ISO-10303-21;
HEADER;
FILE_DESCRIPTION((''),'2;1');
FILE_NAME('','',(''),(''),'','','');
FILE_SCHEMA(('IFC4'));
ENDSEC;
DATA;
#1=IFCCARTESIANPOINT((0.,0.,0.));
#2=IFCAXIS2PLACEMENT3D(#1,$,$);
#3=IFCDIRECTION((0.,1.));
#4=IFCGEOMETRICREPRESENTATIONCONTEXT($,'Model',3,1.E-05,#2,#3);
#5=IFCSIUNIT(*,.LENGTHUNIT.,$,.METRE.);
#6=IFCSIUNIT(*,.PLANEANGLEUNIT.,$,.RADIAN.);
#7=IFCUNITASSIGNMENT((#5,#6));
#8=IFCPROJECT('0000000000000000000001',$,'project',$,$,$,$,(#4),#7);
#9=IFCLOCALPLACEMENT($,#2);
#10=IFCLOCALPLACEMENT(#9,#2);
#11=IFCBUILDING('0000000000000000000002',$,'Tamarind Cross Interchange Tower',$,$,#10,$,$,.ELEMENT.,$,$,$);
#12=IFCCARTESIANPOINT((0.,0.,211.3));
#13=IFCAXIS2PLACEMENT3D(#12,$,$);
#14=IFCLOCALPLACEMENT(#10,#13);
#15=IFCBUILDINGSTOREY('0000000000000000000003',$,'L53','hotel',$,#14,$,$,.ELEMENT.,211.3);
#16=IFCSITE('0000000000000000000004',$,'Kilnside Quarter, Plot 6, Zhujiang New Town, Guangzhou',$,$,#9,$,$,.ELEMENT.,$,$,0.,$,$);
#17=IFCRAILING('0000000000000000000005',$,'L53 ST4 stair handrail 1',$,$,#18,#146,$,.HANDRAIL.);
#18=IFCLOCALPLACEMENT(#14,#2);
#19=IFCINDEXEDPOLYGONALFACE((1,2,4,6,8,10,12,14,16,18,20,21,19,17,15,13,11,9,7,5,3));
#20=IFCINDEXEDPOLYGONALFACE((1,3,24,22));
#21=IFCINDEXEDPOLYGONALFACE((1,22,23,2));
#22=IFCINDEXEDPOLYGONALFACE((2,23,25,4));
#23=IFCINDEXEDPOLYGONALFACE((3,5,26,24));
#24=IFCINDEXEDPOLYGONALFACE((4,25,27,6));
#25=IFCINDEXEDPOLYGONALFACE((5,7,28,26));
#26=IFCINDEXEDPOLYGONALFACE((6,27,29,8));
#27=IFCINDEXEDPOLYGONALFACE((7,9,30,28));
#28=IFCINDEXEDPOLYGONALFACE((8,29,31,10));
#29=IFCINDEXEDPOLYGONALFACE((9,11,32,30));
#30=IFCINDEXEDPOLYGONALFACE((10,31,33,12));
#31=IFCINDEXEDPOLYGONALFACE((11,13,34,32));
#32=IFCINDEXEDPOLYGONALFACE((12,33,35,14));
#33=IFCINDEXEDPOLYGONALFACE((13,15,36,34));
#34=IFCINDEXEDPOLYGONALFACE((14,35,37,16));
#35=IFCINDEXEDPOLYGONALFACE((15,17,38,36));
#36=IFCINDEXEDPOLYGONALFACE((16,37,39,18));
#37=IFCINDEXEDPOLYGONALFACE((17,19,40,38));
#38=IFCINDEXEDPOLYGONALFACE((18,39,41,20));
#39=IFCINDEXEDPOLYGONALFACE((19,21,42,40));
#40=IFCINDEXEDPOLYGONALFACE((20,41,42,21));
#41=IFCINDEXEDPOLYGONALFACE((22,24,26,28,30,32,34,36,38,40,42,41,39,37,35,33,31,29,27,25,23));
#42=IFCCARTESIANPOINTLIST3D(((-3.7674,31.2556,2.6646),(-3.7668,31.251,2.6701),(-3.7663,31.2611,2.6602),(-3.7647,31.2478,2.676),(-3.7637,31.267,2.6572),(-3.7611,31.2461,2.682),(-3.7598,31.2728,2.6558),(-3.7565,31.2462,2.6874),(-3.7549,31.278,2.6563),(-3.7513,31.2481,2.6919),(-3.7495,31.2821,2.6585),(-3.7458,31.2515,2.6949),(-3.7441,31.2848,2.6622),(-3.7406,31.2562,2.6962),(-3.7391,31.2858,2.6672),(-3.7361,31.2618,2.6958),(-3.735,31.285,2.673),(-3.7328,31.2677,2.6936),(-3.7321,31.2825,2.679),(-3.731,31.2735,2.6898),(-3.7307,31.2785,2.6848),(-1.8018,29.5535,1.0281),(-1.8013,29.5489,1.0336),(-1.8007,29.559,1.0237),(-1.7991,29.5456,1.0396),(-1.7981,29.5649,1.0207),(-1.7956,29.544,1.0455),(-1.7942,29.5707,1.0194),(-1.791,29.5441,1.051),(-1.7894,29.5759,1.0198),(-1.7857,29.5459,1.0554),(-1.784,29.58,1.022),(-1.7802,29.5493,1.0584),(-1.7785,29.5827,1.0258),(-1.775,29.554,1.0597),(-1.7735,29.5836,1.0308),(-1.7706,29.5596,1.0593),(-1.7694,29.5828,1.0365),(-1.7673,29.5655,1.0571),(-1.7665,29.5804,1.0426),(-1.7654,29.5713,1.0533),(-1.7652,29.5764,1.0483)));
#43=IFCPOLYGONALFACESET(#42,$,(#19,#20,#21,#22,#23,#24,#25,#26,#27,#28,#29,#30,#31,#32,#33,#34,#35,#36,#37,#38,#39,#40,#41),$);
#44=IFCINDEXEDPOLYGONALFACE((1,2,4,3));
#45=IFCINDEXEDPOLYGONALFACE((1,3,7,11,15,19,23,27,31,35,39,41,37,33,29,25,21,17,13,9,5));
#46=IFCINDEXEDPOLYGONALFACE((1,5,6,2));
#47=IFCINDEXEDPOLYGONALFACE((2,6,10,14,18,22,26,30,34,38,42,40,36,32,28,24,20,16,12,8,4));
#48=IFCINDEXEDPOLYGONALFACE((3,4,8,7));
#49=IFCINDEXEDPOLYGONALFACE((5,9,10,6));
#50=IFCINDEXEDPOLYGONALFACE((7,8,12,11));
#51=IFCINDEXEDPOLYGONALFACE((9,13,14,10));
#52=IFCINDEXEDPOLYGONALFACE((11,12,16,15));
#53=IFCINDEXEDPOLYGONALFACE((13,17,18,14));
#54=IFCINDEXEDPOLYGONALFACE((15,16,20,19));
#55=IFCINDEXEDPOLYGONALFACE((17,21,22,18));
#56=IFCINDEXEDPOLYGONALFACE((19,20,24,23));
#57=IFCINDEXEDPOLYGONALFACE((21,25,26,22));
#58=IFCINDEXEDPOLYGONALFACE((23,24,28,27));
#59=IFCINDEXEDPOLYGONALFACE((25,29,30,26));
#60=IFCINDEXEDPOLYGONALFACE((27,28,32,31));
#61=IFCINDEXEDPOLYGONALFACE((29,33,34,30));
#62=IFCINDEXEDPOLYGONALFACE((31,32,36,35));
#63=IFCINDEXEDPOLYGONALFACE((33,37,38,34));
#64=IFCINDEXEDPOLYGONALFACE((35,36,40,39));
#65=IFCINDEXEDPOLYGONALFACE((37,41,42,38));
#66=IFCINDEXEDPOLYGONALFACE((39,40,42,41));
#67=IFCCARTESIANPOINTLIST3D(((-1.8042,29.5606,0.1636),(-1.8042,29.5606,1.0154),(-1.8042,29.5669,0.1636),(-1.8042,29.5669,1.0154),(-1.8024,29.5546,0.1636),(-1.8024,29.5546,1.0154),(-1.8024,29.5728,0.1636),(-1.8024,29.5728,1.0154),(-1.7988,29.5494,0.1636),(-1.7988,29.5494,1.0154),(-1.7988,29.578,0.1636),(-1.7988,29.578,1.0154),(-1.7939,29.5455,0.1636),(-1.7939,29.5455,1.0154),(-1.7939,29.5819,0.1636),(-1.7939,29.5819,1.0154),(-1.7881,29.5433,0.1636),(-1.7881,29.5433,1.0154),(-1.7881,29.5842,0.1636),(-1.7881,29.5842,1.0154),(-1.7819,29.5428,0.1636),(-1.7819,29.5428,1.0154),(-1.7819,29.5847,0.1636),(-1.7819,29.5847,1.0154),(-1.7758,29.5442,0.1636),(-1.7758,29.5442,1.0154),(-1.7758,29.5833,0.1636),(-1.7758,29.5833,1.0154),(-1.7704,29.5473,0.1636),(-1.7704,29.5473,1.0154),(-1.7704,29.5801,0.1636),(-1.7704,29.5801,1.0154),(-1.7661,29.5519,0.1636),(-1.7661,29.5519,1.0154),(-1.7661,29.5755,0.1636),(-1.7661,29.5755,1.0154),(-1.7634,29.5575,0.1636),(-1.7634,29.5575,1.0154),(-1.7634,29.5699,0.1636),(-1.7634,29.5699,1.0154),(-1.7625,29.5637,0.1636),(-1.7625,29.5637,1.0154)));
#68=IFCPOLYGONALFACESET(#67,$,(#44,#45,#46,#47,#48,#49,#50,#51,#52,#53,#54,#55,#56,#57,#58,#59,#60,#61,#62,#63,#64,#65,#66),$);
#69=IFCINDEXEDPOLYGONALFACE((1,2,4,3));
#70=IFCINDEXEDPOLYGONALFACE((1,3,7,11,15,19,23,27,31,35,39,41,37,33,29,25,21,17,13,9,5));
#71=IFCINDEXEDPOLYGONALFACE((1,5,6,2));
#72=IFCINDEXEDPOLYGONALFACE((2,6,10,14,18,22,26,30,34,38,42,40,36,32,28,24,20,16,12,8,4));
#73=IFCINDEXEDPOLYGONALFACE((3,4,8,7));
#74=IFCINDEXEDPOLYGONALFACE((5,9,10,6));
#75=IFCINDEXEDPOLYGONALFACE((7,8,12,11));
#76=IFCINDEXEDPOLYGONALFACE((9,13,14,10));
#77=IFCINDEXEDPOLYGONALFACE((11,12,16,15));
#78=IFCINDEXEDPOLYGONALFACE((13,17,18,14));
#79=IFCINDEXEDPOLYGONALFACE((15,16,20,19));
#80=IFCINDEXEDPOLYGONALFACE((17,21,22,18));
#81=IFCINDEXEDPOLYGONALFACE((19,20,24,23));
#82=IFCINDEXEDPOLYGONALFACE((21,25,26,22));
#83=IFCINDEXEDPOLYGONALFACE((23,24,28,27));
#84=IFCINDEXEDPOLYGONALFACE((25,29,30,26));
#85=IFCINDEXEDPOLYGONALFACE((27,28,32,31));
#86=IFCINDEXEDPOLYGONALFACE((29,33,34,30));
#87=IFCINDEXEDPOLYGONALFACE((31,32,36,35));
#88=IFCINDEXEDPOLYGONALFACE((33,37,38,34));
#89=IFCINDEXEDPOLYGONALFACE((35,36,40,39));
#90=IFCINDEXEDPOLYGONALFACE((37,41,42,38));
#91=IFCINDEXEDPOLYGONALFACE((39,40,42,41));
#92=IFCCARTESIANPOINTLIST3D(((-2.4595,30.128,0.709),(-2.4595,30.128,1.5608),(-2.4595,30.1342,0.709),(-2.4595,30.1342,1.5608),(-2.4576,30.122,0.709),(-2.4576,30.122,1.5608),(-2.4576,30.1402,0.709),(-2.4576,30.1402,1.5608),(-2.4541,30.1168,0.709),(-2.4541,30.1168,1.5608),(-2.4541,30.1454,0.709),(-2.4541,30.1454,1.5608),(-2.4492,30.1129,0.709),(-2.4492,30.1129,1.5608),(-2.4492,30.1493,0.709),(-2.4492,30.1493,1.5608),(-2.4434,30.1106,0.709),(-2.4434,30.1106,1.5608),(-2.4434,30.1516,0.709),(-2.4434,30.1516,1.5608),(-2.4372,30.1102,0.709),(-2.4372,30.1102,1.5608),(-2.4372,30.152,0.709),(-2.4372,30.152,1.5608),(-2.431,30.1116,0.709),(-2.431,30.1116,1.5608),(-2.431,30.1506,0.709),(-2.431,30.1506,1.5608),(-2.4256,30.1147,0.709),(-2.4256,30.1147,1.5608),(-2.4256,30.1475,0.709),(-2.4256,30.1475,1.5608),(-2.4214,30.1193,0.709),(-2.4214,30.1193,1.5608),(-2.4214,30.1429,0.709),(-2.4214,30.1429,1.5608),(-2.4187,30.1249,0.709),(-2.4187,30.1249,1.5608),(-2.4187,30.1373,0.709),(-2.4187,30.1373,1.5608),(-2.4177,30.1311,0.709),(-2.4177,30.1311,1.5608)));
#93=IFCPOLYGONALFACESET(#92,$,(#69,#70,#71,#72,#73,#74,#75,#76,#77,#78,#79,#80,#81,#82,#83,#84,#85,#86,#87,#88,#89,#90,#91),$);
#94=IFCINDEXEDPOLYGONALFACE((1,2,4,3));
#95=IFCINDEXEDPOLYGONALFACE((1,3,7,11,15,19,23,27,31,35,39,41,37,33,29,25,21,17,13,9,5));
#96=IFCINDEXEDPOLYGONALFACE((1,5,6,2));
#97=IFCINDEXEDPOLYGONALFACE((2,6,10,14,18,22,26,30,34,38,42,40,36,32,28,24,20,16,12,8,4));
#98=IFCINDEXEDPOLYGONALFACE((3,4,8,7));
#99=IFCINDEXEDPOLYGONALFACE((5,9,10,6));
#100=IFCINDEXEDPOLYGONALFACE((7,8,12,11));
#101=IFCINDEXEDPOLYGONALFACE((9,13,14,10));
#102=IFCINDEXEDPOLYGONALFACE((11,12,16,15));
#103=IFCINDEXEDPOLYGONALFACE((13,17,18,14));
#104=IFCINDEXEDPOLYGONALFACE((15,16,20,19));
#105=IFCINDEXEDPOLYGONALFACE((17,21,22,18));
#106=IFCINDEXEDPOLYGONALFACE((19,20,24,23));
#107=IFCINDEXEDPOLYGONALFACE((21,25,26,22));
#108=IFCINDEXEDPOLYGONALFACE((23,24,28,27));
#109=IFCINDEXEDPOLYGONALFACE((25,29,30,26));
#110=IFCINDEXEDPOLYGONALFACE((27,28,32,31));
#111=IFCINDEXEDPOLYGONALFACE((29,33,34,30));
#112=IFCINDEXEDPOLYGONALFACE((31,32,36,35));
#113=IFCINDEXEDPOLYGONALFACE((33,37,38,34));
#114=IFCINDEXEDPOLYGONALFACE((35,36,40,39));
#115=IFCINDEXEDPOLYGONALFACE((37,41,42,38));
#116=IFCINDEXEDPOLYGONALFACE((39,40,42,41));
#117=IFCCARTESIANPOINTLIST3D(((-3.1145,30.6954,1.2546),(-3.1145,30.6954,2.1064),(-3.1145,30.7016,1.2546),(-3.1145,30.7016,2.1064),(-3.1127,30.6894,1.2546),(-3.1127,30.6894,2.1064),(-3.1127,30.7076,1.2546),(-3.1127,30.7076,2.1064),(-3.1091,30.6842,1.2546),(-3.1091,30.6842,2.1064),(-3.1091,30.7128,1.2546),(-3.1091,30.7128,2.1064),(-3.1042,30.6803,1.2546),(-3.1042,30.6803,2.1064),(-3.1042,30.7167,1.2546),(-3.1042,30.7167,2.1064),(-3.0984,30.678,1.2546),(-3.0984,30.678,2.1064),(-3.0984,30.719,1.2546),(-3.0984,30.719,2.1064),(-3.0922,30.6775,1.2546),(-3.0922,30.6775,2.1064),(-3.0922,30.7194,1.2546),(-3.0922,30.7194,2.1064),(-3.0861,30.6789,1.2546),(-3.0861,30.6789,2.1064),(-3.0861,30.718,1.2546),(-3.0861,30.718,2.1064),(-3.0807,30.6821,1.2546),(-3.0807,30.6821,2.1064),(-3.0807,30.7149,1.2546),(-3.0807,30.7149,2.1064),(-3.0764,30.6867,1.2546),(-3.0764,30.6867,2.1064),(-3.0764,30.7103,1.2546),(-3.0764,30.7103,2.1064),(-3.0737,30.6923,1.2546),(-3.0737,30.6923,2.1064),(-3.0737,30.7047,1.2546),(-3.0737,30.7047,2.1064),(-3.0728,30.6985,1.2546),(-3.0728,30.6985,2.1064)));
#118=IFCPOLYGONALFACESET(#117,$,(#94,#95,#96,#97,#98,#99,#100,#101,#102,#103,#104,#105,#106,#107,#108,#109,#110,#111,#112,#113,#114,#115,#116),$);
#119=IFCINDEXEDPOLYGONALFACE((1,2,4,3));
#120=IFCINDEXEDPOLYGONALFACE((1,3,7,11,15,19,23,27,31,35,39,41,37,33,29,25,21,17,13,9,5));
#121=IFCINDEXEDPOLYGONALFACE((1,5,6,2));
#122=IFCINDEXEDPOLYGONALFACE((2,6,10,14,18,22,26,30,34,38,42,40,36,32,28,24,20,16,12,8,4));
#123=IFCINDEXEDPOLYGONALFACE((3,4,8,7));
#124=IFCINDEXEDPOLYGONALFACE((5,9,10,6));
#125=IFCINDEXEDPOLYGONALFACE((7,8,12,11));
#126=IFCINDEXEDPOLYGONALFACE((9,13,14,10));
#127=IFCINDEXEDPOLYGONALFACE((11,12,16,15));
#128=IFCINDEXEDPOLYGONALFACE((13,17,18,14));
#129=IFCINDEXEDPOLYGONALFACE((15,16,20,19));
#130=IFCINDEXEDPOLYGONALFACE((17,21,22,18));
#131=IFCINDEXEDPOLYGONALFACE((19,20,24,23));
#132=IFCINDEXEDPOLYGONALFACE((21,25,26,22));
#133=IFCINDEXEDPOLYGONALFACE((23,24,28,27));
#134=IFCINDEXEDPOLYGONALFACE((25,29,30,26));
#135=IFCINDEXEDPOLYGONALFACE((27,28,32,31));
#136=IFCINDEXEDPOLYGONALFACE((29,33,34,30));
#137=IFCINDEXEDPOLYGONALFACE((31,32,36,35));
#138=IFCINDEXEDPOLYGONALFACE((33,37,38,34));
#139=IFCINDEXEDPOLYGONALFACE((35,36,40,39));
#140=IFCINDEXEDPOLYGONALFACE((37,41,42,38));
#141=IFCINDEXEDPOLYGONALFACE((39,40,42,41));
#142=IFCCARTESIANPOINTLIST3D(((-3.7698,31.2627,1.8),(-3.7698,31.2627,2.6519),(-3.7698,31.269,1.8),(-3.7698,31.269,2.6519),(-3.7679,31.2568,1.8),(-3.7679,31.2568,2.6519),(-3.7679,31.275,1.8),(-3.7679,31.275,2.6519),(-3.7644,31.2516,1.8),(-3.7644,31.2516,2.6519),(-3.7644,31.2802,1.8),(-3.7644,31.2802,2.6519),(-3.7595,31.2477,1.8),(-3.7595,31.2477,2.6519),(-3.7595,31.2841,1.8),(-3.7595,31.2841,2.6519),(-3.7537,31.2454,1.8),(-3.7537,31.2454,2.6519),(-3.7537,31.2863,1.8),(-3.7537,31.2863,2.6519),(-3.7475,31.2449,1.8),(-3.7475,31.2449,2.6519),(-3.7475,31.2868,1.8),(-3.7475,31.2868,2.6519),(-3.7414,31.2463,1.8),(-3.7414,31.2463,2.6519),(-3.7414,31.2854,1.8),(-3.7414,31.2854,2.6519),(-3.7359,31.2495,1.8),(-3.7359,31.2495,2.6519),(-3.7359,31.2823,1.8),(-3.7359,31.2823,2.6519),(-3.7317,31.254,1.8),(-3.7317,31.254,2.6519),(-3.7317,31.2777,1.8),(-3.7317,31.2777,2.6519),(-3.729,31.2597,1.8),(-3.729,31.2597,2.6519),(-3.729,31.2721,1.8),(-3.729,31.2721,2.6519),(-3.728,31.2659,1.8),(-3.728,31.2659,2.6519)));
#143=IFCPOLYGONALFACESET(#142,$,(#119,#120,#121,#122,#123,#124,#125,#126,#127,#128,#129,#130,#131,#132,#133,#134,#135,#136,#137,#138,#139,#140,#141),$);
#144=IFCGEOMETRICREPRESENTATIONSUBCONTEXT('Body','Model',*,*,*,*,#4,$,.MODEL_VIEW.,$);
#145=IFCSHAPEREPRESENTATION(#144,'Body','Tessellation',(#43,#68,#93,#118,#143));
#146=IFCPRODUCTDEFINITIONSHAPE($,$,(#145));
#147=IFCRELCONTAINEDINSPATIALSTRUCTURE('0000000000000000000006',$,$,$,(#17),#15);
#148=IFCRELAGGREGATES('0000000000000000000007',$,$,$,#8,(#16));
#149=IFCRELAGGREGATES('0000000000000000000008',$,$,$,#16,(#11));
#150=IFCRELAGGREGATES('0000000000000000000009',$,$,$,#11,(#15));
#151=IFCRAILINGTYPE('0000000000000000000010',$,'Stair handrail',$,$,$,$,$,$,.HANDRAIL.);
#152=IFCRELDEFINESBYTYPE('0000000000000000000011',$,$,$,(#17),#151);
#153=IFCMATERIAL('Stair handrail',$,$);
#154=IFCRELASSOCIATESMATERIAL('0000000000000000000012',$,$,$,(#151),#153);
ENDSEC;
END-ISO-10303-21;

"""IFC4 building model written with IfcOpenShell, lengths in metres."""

from ifc_helpers import new_model, si_unit, direction, frame, origin, origin_2d, place, context, subcontext, project, spatial, circle, extrude, material, type_object, element, save


model = new_model("IFC4")

# Units and contexts
model_context = context("Model", 3, precision=1e-05, world=origin(), true_north=direction((0.0, 1.0)))
body_context = subcontext(model_context, "Body", "Model", "MODEL_VIEW")
ifc_project = project(units=[si_unit("LENGTHUNIT", "METRE"), si_unit("PLANEANGLEUNIT", "RADIAN")], contexts=[model_context])

# Site, building, storey
site_placement = place(None, origin())
site = spatial("IfcSite", under=ifc_project, at=site_placement, Name="Kilnside Quarter, Plot 6, Zhujiang New Town, Guangzhou", CompositionType="ELEMENT", RefElevation=0.0)
building_placement = place(site_placement, origin())
building = spatial("IfcBuilding", under=site, at=building_placement, Name="Tamarind Cross Interchange Tower", CompositionType="ELEMENT")
storey_placement = place(building_placement, frame((0.0, 0.0, 211.3)))
storey = spatial("IfcBuildingStorey", under=building, at=storey_placement, Name="L53", Description="hotel", CompositionType="ELEMENT", Elevation=211.3)

# Railing
ifc_material_1 = material(Name="Stair handrail")
railing_type_1 = type_object("IfcRailingType", Name="Stair handrail", PredefinedType="HANDRAIL", material=ifc_material_1)
railing_1_placement = place(storey_placement, frame((-1.7834, 29.5637, 0.1636)))
element("IfcRailing", 1, at=railing_1_placement, inside=storey, type_object=railing_type_1, Name="L53 ST4 stair handrail 1", PredefinedType="HANDRAIL", context=body_context, shape_type="SweptSolid", body=[
    extrude(circle(Radius=0.0239, at=origin_2d()), frame((0.0, 0.0, 0.876), z_axis=(-0.63978, 0.554036, 0.53266), x_axis=(-0.654634, -0.755946, 0.0)), (0.0, 0.0, 1.0), 3.0723),
    extrude(circle(Radius=0.021, at=origin_2d()), origin(), (0.0, 0.0, 1.0), 0.8518),
    extrude(circle(Radius=0.021, at=origin_2d()), frame((-0.6553, 0.5674, 0.5454)), (0.0, 0.0, 1.0), 0.8518),
    extrude(circle(Radius=0.021, at=origin_2d()), frame((-1.3103, 1.1348, 1.0911)), (0.0, 0.0, 1.0), 0.8518),
    extrude(circle(Radius=0.021, at=origin_2d()), frame((-1.9656, 1.7021, 1.6365)), (0.0, 0.0, 1.0), 0.8518),
])

save(model, "model.ifc")
